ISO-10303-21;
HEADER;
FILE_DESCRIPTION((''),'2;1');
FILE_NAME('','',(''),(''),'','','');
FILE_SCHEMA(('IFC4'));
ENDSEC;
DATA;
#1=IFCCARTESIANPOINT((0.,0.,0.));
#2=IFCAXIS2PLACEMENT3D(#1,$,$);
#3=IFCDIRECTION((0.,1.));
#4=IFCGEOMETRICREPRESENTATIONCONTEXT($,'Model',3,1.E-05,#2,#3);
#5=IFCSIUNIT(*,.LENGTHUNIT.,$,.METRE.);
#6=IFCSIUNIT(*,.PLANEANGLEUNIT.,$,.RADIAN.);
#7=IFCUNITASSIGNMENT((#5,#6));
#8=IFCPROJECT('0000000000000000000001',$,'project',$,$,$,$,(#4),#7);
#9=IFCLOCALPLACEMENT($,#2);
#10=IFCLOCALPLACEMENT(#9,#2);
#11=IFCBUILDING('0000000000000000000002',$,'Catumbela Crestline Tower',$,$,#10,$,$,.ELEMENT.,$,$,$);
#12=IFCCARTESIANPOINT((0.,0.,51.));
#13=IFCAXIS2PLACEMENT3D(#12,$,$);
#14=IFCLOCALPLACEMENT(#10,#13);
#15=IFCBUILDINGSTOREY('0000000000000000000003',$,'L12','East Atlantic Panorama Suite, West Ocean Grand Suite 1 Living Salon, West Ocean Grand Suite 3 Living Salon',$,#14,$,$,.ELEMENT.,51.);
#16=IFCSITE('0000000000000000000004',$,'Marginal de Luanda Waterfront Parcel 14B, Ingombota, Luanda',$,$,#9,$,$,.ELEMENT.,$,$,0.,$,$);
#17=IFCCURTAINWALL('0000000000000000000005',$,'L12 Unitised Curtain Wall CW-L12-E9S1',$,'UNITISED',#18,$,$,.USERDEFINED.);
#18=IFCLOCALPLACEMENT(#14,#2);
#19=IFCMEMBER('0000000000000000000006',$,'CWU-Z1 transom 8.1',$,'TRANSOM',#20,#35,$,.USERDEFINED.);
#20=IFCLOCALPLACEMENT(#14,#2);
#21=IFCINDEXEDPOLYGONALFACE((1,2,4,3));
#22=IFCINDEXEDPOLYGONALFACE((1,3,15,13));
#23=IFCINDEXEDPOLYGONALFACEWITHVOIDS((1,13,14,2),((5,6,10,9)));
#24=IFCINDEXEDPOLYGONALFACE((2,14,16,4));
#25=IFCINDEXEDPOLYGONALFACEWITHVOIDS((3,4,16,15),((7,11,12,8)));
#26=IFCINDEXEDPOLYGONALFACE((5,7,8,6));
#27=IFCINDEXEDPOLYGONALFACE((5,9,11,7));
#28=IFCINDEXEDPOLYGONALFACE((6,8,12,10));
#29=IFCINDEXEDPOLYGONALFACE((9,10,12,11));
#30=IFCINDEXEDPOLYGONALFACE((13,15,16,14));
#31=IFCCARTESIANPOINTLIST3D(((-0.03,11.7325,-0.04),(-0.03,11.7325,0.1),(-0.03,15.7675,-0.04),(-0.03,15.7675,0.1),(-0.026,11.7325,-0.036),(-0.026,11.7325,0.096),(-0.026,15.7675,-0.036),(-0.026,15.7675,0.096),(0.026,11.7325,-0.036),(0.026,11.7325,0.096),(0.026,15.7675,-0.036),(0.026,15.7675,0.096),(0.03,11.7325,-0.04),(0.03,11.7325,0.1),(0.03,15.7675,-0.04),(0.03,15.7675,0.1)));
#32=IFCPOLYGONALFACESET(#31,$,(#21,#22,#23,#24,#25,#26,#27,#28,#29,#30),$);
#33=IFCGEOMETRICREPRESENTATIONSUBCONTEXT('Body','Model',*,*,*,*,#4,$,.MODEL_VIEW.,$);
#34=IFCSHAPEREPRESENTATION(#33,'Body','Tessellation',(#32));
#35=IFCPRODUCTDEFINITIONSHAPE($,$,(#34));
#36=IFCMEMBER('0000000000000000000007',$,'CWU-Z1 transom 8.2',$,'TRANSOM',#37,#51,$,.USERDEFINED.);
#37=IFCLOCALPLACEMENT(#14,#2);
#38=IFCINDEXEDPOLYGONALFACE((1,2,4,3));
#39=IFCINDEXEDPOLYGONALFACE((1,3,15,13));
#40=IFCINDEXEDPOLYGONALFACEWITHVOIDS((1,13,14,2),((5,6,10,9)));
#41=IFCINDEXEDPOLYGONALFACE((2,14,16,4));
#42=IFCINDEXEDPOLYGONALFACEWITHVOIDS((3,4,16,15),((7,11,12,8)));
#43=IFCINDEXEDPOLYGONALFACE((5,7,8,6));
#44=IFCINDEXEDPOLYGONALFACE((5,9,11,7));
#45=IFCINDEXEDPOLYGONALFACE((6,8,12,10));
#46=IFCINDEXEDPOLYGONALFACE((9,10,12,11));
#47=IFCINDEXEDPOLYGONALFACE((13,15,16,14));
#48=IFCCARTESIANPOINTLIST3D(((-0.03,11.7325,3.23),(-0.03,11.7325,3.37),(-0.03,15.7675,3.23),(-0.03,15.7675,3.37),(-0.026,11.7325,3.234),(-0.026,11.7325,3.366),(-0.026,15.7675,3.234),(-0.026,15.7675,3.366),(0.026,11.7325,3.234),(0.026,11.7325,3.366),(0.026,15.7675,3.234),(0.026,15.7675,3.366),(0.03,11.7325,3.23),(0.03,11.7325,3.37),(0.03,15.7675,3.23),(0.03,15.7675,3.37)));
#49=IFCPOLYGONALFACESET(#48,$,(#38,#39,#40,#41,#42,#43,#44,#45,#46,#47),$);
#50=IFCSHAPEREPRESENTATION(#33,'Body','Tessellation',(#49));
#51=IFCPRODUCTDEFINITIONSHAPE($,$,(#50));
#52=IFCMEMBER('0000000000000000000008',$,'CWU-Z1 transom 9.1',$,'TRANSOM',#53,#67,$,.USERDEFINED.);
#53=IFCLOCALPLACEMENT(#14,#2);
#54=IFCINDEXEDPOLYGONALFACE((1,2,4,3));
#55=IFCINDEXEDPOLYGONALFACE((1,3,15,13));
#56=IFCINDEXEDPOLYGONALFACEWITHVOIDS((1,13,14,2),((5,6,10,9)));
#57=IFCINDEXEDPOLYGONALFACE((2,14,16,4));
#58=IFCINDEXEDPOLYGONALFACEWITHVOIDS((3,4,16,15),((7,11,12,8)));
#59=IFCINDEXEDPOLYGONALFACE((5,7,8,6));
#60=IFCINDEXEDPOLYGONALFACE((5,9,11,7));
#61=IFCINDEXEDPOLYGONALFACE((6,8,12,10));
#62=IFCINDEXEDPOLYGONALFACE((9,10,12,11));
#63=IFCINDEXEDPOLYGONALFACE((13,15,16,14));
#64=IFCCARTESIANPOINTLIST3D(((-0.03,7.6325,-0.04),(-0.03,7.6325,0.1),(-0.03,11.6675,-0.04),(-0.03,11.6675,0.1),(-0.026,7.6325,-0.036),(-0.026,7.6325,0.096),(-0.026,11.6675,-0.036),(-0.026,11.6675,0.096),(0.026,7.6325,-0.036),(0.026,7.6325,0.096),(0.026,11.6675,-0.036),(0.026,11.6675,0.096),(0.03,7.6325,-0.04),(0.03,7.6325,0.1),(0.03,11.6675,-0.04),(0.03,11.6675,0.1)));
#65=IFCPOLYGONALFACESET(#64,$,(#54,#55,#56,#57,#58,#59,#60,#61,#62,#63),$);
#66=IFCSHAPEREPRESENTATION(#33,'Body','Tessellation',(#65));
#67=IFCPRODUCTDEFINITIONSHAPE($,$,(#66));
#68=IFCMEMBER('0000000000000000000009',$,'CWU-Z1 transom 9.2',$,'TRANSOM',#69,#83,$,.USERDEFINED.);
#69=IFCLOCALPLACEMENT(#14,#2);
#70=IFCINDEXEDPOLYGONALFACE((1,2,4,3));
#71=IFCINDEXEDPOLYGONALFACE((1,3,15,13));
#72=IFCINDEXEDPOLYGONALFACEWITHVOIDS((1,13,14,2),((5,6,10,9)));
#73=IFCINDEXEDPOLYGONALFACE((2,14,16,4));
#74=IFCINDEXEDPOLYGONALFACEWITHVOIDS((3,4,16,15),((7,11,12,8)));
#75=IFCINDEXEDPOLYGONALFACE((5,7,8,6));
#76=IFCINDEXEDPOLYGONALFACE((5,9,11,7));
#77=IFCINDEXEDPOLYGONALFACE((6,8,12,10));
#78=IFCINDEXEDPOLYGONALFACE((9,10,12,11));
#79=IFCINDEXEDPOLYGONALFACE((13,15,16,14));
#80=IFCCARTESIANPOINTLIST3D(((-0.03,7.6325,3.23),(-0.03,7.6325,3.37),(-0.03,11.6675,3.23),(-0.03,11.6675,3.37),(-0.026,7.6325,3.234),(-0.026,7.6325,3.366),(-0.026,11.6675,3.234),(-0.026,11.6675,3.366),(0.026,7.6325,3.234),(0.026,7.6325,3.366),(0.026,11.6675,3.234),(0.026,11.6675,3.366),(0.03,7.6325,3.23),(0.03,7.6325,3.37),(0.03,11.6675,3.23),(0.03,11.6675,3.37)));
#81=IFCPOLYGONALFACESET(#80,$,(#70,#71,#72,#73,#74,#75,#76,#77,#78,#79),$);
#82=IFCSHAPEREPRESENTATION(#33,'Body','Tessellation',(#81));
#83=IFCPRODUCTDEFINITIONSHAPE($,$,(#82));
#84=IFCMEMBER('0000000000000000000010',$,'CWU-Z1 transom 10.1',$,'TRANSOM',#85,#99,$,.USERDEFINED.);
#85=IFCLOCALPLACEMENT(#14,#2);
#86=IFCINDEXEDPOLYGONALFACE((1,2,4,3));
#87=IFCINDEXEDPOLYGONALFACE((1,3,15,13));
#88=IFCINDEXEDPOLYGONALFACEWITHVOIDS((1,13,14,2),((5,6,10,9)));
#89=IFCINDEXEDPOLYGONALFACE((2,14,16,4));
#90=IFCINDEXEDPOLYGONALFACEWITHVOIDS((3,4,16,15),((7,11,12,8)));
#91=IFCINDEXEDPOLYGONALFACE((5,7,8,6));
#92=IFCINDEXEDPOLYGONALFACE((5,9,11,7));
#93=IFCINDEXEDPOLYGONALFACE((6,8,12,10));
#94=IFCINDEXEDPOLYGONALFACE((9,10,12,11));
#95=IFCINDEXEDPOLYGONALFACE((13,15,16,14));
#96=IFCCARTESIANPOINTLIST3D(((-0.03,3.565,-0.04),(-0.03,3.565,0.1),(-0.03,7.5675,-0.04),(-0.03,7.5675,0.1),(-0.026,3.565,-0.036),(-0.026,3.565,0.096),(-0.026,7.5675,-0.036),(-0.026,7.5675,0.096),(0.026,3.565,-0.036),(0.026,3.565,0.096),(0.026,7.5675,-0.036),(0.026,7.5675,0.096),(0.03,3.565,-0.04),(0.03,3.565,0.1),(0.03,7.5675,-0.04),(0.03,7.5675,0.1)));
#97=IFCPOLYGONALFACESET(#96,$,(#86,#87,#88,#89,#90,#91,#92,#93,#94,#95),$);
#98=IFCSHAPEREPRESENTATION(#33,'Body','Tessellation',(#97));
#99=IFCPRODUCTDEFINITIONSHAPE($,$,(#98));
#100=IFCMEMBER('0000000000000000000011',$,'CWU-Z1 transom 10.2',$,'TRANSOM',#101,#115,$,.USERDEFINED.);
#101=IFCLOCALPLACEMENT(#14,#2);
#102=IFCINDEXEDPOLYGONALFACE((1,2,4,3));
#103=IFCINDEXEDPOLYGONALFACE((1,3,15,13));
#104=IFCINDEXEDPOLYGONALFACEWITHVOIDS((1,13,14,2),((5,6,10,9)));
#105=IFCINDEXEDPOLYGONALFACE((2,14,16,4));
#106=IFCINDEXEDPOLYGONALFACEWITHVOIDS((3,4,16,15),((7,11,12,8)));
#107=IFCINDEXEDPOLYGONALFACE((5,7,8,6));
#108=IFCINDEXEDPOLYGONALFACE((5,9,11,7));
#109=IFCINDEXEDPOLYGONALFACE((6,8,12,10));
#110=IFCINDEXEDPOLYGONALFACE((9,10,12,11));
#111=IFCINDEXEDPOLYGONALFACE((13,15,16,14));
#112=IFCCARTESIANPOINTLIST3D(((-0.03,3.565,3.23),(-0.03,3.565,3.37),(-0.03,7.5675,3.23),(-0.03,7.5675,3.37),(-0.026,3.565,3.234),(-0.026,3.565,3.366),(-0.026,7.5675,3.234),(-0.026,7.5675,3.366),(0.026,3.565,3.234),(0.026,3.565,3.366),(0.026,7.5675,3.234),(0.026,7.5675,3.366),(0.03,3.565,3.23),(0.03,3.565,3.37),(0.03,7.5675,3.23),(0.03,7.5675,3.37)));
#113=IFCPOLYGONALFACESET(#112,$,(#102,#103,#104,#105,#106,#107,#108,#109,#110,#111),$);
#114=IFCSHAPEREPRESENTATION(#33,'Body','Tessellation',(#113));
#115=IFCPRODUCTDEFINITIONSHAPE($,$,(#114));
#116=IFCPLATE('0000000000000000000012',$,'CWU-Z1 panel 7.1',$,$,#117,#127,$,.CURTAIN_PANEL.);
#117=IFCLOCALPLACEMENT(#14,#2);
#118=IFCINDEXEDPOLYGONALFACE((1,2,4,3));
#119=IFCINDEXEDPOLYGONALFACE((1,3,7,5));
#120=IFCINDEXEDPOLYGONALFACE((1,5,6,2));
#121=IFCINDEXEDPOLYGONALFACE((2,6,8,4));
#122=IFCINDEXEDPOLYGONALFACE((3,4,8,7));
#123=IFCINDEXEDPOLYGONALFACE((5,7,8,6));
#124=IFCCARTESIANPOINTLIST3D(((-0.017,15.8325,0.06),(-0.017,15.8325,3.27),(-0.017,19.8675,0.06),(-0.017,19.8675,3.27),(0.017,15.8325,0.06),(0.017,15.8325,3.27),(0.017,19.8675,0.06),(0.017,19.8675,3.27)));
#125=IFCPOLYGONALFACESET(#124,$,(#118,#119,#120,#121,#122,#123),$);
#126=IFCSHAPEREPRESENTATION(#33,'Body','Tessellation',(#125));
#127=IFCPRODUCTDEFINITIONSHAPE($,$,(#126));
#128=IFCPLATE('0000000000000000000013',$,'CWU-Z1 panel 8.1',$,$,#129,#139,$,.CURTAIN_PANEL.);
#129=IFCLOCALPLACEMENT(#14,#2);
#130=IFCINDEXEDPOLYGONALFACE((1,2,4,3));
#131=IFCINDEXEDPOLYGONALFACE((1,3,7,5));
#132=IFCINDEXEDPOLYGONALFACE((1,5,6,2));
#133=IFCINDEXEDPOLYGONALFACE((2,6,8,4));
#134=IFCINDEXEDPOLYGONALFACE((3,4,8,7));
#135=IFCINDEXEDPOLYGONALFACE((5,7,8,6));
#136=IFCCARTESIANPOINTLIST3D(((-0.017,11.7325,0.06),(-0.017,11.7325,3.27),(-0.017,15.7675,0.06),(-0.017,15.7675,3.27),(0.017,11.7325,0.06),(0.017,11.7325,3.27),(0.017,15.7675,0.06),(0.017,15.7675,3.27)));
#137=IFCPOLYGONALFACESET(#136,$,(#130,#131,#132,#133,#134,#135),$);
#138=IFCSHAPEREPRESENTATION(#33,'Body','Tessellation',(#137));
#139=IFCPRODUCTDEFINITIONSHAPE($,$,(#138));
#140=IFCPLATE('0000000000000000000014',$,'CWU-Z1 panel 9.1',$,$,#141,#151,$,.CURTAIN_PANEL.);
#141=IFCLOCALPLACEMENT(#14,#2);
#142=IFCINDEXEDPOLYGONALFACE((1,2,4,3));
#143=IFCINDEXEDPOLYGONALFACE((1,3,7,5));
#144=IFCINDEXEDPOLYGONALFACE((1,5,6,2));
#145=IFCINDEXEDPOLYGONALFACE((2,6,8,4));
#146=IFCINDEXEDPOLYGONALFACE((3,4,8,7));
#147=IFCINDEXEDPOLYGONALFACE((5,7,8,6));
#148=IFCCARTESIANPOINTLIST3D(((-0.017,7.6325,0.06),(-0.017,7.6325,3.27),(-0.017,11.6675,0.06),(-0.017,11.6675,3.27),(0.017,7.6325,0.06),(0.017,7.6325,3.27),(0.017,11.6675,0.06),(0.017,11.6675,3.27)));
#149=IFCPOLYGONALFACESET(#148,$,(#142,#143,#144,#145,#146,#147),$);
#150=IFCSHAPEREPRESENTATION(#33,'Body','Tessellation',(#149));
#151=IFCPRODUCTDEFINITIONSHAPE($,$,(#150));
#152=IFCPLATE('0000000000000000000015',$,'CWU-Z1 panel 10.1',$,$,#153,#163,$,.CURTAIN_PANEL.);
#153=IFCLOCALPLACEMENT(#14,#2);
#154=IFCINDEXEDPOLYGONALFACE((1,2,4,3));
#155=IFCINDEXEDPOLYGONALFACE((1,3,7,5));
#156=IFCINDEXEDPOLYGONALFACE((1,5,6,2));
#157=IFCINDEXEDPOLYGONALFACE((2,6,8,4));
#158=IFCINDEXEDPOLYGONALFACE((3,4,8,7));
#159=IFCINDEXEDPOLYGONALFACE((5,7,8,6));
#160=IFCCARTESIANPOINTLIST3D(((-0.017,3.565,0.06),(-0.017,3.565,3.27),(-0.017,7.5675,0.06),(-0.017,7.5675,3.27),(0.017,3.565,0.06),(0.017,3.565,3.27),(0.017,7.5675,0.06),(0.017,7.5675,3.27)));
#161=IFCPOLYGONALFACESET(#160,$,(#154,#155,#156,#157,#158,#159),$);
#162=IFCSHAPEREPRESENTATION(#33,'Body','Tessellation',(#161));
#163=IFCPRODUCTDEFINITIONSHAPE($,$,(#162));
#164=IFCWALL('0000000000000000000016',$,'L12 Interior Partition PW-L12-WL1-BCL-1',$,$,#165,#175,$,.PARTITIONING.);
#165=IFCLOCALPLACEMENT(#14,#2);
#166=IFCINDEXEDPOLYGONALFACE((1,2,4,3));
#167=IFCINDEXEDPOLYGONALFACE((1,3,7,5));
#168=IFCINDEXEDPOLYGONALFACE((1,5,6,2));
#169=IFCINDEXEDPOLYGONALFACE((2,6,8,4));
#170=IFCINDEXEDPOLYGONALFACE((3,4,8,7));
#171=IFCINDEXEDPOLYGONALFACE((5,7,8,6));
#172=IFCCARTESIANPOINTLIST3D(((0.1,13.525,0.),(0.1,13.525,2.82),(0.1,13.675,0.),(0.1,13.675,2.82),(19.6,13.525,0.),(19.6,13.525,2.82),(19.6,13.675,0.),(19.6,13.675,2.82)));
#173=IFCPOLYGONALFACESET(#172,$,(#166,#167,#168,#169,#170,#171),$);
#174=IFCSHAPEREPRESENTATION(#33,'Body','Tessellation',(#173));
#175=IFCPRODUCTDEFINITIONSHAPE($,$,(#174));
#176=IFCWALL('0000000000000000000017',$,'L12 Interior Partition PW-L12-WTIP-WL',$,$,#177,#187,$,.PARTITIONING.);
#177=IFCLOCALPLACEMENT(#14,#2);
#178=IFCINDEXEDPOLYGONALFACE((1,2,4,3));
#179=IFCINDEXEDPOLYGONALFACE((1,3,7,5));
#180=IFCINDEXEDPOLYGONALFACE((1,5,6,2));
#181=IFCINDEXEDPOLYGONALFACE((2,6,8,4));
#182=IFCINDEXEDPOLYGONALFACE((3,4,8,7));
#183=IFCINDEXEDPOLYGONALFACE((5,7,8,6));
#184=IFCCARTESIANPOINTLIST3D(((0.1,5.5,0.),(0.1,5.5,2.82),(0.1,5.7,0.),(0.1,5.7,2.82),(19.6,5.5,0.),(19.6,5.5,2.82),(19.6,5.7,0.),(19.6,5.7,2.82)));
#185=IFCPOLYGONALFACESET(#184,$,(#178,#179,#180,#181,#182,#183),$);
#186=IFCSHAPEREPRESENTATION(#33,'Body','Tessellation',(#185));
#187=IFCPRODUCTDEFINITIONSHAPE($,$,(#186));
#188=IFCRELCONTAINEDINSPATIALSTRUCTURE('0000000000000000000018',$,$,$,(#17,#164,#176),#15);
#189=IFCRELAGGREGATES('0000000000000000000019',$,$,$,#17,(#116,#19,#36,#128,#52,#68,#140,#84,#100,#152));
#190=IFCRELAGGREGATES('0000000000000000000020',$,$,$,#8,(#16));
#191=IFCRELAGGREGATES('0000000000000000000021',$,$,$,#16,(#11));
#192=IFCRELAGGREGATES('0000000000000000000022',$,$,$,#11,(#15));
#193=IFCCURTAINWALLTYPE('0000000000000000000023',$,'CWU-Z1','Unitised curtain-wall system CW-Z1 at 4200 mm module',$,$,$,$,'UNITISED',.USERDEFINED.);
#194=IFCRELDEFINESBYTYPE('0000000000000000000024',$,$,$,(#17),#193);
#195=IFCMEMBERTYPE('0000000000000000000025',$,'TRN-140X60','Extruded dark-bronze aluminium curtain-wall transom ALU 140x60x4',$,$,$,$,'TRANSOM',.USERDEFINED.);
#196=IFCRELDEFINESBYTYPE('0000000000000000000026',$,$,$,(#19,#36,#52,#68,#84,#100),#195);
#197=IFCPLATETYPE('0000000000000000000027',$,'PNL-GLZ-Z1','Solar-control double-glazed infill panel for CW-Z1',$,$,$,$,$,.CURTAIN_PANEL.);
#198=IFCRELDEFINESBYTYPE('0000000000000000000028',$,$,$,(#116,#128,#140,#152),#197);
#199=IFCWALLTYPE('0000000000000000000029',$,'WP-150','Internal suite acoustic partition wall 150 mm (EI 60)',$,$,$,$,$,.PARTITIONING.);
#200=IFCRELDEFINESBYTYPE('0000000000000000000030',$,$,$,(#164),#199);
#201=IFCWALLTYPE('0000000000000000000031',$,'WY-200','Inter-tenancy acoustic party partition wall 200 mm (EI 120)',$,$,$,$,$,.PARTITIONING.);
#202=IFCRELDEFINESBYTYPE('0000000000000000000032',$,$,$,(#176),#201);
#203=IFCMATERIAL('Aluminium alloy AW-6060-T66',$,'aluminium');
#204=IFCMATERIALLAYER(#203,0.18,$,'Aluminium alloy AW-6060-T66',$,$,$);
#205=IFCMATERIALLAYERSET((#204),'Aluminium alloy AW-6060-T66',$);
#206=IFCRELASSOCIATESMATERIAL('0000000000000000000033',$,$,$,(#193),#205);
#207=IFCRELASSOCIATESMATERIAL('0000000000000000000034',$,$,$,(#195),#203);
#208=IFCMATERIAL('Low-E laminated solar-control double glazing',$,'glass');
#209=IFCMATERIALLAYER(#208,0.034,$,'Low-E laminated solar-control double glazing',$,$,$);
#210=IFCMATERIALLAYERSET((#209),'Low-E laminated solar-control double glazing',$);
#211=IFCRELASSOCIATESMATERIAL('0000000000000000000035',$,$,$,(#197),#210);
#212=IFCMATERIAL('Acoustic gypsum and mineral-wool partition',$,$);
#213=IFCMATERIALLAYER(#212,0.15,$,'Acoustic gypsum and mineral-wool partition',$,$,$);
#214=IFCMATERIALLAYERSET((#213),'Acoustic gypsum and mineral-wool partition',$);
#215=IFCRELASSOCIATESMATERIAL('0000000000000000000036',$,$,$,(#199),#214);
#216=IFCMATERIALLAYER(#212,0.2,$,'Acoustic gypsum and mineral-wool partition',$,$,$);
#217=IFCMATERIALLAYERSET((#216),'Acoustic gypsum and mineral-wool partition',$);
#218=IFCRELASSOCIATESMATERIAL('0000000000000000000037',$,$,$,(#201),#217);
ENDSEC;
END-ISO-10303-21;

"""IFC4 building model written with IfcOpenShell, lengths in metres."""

from ifc_helpers import new_model, si_unit, direction, frame, frame_2d, origin, origin_2d, place, context, subcontext, project, spatial, rectangle, hollow_rectangle, extrude, material, layer, layer_set, material_profile, profile_set, type_object, element, aggregate, save


model = new_model("IFC4")

# Units and contexts
model_context = context("Model", 3, precision=1e-05, world=origin(), true_north=direction((0.0, 1.0)))
body_context = subcontext(model_context, "Body", "Model", "MODEL_VIEW")
ifc_project = project(units=[si_unit("LENGTHUNIT", "METRE"), si_unit("PLANEANGLEUNIT", "RADIAN")], contexts=[model_context])

# Site, building, storey
site_placement = place(None, origin())
site = spatial("IfcSite", under=ifc_project, at=site_placement, Name="Marginal de Luanda Waterfront Parcel 14B, Ingombota, Luanda", CompositionType="ELEMENT", RefElevation=0.0)
building_placement = place(site_placement, origin())
building = spatial("IfcBuilding", under=site, at=building_placement, Name="Catumbela Crestline Tower", CompositionType="ELEMENT")
storey_placement = place(building_placement, frame((0.0, 0.0, 51.0)))
storey = spatial("IfcBuildingStorey", under=building, at=storey_placement, Name="L12", Description="East Atlantic Panorama Suite, West Ocean Grand Suite 1 Living Salon, West Ocean Grand Suite 3 Living Salon", CompositionType="ELEMENT", Elevation=51.0)

# Curtain wall
ifc_material_1 = material(Name="Aluminium alloy AW-6060-T66", Category="aluminium")
ifc_layer_1 = layer(ifc_material_1, 0.18, Name="Aluminium alloy AW-6060-T66")
ifc_layer_set_1 = layer_set([ifc_layer_1], Name="Aluminium alloy AW-6060-T66")
curtain_wall_type = type_object("IfcCurtainWallType", Name="CWU-Z1", Description="Unitised curtain-wall system CW-Z1 at 4200 mm module", ElementType="UNITISED", PredefinedType="USERDEFINED", material=ifc_layer_set_1)
curtain_wall_placement = place(storey_placement, origin())
curtain_wall = element("IfcCurtainWall", 1, at=curtain_wall_placement, inside=storey, type_object=curtain_wall_type, Name="L12 Unitised Curtain Wall CW-L12-E9S1", ObjectType="UNITISED", PredefinedType="USERDEFINED")

# Members
ifc_material_profile_1 = material_profile(ifc_material_1, hollow_rectangle(XDim=0.06, YDim=0.14, WallThickness=0.004, at=origin_2d()), Name="ALU 140x60x4")
ifc_profile_set_1 = profile_set([ifc_material_profile_1], Name="Aluminium alloy AW-6060-T66")
member_type_1 = type_object("IfcMemberType", Name="TRN-140X60", Description="Extruded dark-bronze aluminium curtain-wall transom ALU 140x60x4", ElementType="TRANSOM", PredefinedType="USERDEFINED", material=ifc_profile_set_1)
member_1_placement = place(storey_placement, frame((0.0, 15.7675, 0.03), z_axis=(0.0, -1.0, 0.0), x_axis=(1.0, 0.0, 0.0)))
member_1 = element("IfcMember", 2, at=member_1_placement, type_object=member_type_1, Name="CWU-Z1 transom 8.1", ObjectType="TRANSOM", PredefinedType="USERDEFINED", context=body_context, shape_type="SweptSolid", body=[
    extrude(hollow_rectangle(XDim=0.06, YDim=0.14, WallThickness=0.004, at=origin_2d()), origin(), (0.0, 0.0, 1.0), 4.035),
])
member_2_placement = place(storey_placement, frame((0.0, 15.7675, 3.3), z_axis=(0.0, -1.0, 0.0), x_axis=(1.0, 0.0, 0.0)))
member_2 = element("IfcMember", 3, at=member_2_placement, type_object=member_type_1, Name="CWU-Z1 transom 8.2", ObjectType="TRANSOM", PredefinedType="USERDEFINED", context=body_context, shape_type="SweptSolid", body=[
    extrude(hollow_rectangle(XDim=0.06, YDim=0.14, WallThickness=0.004, at=origin_2d()), origin(), (0.0, 0.0, 1.0), 4.035),
])
member_3_placement = place(storey_placement, frame((0.0, 11.6675, 0.03), z_axis=(0.0, -1.0, 0.0), x_axis=(1.0, 0.0, 0.0)))
member_3 = element("IfcMember", 4, at=member_3_placement, type_object=member_type_1, Name="CWU-Z1 transom 9.1", ObjectType="TRANSOM", PredefinedType="USERDEFINED", context=body_context, shape_type="SweptSolid", body=[
    extrude(hollow_rectangle(XDim=0.06, YDim=0.14, WallThickness=0.004, at=origin_2d()), origin(), (0.0, 0.0, 1.0), 4.035),
])
member_4_placement = place(storey_placement, frame((0.0, 11.6675, 3.3), z_axis=(0.0, -1.0, 0.0), x_axis=(1.0, 0.0, 0.0)))
member_4 = element("IfcMember", 5, at=member_4_placement, type_object=member_type_1, Name="CWU-Z1 transom 9.2", ObjectType="TRANSOM", PredefinedType="USERDEFINED", context=body_context, shape_type="SweptSolid", body=[
    extrude(hollow_rectangle(XDim=0.06, YDim=0.14, WallThickness=0.004, at=origin_2d()), origin(), (0.0, 0.0, 1.0), 4.035),
])
member_5_placement = place(storey_placement, frame((0.0, 7.5675, 0.03), z_axis=(0.0, -1.0, 0.0), x_axis=(1.0, 0.0, 0.0)))
member_5 = element("IfcMember", 6, at=member_5_placement, type_object=member_type_1, Name="CWU-Z1 transom 10.1", ObjectType="TRANSOM", PredefinedType="USERDEFINED", context=body_context, shape_type="SweptSolid", body=[
    extrude(hollow_rectangle(XDim=0.06, YDim=0.14, WallThickness=0.004, at=origin_2d()), origin(), (0.0, 0.0, 1.0), 4.0025),
])
member_6_placement = place(storey_placement, frame((0.0, 7.5675, 3.3), z_axis=(0.0, -1.0, 0.0), x_axis=(1.0, 0.0, 0.0)))
member_6 = element("IfcMember", 7, at=member_6_placement, type_object=member_type_1, Name="CWU-Z1 transom 10.2", ObjectType="TRANSOM", PredefinedType="USERDEFINED", context=body_context, shape_type="SweptSolid", body=[
    extrude(hollow_rectangle(XDim=0.06, YDim=0.14, WallThickness=0.004, at=origin_2d()), origin(), (0.0, 0.0, 1.0), 4.0025),
])

# Plates
ifc_material_2 = material(Name="Low-E laminated solar-control double glazing", Category="glass")
ifc_layer_2 = layer(ifc_material_2, 0.034, Name="Low-E laminated solar-control double glazing")
ifc_layer_set_2 = layer_set([ifc_layer_2], Name="Low-E laminated solar-control double glazing")
plate_type = type_object("IfcPlateType", Name="PNL-GLZ-Z1", Description="Solar-control double-glazed infill panel for CW-Z1", PredefinedType="CURTAIN_PANEL", material=ifc_layer_set_2)
plate_1_placement = place(storey_placement, frame((0.0, 17.85, 0.06), z_axis=(0.0, 0.0, 1.0), x_axis=(0.0, -1.0, 0.0)))
plate_1 = element("IfcPlate", 8, at=plate_1_placement, type_object=plate_type, Name="CWU-Z1 panel 7.1", PredefinedType="CURTAIN_PANEL", context=body_context, shape_type="SweptSolid", body=[
    extrude(rectangle(XDim=4.035, YDim=0.034, at=origin_2d()), origin(), (0.0, 0.0, 1.0), 3.21),
])
plate_2_placement = place(storey_placement, frame((0.0, 13.75, 0.06), z_axis=(0.0, 0.0, 1.0), x_axis=(0.0, -1.0, 0.0)))
plate_2 = element("IfcPlate", 9, at=plate_2_placement, type_object=plate_type, Name="CWU-Z1 panel 8.1", PredefinedType="CURTAIN_PANEL", context=body_context, shape_type="SweptSolid", body=[
    extrude(rectangle(XDim=4.035, YDim=0.034, at=origin_2d()), origin(), (0.0, 0.0, 1.0), 3.21),
])
plate_3_placement = place(storey_placement, frame((0.0, 9.65, 0.06), z_axis=(0.0, 0.0, 1.0), x_axis=(0.0, -1.0, 0.0)))
plate_3 = element("IfcPlate", 10, at=plate_3_placement, type_object=plate_type, Name="CWU-Z1 panel 9.1", PredefinedType="CURTAIN_PANEL", context=body_context, shape_type="SweptSolid", body=[
    extrude(rectangle(XDim=4.035, YDim=0.034, at=origin_2d()), origin(), (0.0, 0.0, 1.0), 3.21),
])
plate_4_placement = place(storey_placement, frame((0.0, 5.5662, 0.06), z_axis=(0.0, 0.0, 1.0), x_axis=(0.0, -1.0, 0.0)))
plate_4 = element("IfcPlate", 11, at=plate_4_placement, type_object=plate_type, Name="CWU-Z1 panel 10.1", PredefinedType="CURTAIN_PANEL", context=body_context, shape_type="SweptSolid", body=[
    extrude(rectangle(XDim=4.0025, YDim=0.034, at=origin_2d()), origin(), (0.0, 0.0, 1.0), 3.21),
])
aggregate(curtain_wall, [plate_1, member_1, member_2, plate_2, member_3, member_4, plate_3, member_5, member_6, plate_4])

# Walls
ifc_material_3 = material(Name="Acoustic gypsum and mineral-wool partition")
ifc_layer_3 = layer(ifc_material_3, 0.15, Name="Acoustic gypsum and mineral-wool partition")
ifc_layer_set_3 = layer_set([ifc_layer_3], Name="Acoustic gypsum and mineral-wool partition")
wall_type_1 = type_object("IfcWallType", Name="WP-150", Description="Internal suite acoustic partition wall 150 mm (EI 60)", PredefinedType="PARTITIONING", material=ifc_layer_set_3)
wall_1_placement = place(storey_placement, frame((0.1, 13.6, 0.0), z_axis=(0.0, 0.0, 1.0), x_axis=(1.0, 0.0, 0.0)))
element("IfcWall", 12, at=wall_1_placement, inside=storey, type_object=wall_type_1, Name="L12 Interior Partition PW-L12-WL1-BCL-1", PredefinedType="PARTITIONING", context=body_context, shape_type="SweptSolid", body=[
    extrude(rectangle(XDim=19.5, YDim=0.15, at=frame_2d((9.75, 0.0))), origin(), (0.0, 0.0, 1.0), 2.82),
])
ifc_layer_4 = layer(ifc_material_3, 0.2, Name="Acoustic gypsum and mineral-wool partition")
ifc_layer_set_4 = layer_set([ifc_layer_4], Name="Acoustic gypsum and mineral-wool partition")
wall_type_2 = type_object("IfcWallType", Name="WY-200", Description="Inter-tenancy acoustic party partition wall 200 mm (EI 120)", PredefinedType="PARTITIONING", material=ifc_layer_set_4)
wall_2_placement = place(storey_placement, frame((0.1, 5.6, 0.0), z_axis=(0.0, 0.0, 1.0), x_axis=(1.0, 0.0, 0.0)))
element("IfcWall", 13, at=wall_2_placement, inside=storey, type_object=wall_type_2, Name="L12 Interior Partition PW-L12-WTIP-WL", PredefinedType="PARTITIONING", context=body_context, shape_type="SweptSolid", body=[
    extrude(rectangle(XDim=19.5, YDim=0.2, at=frame_2d((9.75, 0.0))), origin(), (0.0, 0.0, 1.0), 2.82),
])

save(model, "model.ifc")
